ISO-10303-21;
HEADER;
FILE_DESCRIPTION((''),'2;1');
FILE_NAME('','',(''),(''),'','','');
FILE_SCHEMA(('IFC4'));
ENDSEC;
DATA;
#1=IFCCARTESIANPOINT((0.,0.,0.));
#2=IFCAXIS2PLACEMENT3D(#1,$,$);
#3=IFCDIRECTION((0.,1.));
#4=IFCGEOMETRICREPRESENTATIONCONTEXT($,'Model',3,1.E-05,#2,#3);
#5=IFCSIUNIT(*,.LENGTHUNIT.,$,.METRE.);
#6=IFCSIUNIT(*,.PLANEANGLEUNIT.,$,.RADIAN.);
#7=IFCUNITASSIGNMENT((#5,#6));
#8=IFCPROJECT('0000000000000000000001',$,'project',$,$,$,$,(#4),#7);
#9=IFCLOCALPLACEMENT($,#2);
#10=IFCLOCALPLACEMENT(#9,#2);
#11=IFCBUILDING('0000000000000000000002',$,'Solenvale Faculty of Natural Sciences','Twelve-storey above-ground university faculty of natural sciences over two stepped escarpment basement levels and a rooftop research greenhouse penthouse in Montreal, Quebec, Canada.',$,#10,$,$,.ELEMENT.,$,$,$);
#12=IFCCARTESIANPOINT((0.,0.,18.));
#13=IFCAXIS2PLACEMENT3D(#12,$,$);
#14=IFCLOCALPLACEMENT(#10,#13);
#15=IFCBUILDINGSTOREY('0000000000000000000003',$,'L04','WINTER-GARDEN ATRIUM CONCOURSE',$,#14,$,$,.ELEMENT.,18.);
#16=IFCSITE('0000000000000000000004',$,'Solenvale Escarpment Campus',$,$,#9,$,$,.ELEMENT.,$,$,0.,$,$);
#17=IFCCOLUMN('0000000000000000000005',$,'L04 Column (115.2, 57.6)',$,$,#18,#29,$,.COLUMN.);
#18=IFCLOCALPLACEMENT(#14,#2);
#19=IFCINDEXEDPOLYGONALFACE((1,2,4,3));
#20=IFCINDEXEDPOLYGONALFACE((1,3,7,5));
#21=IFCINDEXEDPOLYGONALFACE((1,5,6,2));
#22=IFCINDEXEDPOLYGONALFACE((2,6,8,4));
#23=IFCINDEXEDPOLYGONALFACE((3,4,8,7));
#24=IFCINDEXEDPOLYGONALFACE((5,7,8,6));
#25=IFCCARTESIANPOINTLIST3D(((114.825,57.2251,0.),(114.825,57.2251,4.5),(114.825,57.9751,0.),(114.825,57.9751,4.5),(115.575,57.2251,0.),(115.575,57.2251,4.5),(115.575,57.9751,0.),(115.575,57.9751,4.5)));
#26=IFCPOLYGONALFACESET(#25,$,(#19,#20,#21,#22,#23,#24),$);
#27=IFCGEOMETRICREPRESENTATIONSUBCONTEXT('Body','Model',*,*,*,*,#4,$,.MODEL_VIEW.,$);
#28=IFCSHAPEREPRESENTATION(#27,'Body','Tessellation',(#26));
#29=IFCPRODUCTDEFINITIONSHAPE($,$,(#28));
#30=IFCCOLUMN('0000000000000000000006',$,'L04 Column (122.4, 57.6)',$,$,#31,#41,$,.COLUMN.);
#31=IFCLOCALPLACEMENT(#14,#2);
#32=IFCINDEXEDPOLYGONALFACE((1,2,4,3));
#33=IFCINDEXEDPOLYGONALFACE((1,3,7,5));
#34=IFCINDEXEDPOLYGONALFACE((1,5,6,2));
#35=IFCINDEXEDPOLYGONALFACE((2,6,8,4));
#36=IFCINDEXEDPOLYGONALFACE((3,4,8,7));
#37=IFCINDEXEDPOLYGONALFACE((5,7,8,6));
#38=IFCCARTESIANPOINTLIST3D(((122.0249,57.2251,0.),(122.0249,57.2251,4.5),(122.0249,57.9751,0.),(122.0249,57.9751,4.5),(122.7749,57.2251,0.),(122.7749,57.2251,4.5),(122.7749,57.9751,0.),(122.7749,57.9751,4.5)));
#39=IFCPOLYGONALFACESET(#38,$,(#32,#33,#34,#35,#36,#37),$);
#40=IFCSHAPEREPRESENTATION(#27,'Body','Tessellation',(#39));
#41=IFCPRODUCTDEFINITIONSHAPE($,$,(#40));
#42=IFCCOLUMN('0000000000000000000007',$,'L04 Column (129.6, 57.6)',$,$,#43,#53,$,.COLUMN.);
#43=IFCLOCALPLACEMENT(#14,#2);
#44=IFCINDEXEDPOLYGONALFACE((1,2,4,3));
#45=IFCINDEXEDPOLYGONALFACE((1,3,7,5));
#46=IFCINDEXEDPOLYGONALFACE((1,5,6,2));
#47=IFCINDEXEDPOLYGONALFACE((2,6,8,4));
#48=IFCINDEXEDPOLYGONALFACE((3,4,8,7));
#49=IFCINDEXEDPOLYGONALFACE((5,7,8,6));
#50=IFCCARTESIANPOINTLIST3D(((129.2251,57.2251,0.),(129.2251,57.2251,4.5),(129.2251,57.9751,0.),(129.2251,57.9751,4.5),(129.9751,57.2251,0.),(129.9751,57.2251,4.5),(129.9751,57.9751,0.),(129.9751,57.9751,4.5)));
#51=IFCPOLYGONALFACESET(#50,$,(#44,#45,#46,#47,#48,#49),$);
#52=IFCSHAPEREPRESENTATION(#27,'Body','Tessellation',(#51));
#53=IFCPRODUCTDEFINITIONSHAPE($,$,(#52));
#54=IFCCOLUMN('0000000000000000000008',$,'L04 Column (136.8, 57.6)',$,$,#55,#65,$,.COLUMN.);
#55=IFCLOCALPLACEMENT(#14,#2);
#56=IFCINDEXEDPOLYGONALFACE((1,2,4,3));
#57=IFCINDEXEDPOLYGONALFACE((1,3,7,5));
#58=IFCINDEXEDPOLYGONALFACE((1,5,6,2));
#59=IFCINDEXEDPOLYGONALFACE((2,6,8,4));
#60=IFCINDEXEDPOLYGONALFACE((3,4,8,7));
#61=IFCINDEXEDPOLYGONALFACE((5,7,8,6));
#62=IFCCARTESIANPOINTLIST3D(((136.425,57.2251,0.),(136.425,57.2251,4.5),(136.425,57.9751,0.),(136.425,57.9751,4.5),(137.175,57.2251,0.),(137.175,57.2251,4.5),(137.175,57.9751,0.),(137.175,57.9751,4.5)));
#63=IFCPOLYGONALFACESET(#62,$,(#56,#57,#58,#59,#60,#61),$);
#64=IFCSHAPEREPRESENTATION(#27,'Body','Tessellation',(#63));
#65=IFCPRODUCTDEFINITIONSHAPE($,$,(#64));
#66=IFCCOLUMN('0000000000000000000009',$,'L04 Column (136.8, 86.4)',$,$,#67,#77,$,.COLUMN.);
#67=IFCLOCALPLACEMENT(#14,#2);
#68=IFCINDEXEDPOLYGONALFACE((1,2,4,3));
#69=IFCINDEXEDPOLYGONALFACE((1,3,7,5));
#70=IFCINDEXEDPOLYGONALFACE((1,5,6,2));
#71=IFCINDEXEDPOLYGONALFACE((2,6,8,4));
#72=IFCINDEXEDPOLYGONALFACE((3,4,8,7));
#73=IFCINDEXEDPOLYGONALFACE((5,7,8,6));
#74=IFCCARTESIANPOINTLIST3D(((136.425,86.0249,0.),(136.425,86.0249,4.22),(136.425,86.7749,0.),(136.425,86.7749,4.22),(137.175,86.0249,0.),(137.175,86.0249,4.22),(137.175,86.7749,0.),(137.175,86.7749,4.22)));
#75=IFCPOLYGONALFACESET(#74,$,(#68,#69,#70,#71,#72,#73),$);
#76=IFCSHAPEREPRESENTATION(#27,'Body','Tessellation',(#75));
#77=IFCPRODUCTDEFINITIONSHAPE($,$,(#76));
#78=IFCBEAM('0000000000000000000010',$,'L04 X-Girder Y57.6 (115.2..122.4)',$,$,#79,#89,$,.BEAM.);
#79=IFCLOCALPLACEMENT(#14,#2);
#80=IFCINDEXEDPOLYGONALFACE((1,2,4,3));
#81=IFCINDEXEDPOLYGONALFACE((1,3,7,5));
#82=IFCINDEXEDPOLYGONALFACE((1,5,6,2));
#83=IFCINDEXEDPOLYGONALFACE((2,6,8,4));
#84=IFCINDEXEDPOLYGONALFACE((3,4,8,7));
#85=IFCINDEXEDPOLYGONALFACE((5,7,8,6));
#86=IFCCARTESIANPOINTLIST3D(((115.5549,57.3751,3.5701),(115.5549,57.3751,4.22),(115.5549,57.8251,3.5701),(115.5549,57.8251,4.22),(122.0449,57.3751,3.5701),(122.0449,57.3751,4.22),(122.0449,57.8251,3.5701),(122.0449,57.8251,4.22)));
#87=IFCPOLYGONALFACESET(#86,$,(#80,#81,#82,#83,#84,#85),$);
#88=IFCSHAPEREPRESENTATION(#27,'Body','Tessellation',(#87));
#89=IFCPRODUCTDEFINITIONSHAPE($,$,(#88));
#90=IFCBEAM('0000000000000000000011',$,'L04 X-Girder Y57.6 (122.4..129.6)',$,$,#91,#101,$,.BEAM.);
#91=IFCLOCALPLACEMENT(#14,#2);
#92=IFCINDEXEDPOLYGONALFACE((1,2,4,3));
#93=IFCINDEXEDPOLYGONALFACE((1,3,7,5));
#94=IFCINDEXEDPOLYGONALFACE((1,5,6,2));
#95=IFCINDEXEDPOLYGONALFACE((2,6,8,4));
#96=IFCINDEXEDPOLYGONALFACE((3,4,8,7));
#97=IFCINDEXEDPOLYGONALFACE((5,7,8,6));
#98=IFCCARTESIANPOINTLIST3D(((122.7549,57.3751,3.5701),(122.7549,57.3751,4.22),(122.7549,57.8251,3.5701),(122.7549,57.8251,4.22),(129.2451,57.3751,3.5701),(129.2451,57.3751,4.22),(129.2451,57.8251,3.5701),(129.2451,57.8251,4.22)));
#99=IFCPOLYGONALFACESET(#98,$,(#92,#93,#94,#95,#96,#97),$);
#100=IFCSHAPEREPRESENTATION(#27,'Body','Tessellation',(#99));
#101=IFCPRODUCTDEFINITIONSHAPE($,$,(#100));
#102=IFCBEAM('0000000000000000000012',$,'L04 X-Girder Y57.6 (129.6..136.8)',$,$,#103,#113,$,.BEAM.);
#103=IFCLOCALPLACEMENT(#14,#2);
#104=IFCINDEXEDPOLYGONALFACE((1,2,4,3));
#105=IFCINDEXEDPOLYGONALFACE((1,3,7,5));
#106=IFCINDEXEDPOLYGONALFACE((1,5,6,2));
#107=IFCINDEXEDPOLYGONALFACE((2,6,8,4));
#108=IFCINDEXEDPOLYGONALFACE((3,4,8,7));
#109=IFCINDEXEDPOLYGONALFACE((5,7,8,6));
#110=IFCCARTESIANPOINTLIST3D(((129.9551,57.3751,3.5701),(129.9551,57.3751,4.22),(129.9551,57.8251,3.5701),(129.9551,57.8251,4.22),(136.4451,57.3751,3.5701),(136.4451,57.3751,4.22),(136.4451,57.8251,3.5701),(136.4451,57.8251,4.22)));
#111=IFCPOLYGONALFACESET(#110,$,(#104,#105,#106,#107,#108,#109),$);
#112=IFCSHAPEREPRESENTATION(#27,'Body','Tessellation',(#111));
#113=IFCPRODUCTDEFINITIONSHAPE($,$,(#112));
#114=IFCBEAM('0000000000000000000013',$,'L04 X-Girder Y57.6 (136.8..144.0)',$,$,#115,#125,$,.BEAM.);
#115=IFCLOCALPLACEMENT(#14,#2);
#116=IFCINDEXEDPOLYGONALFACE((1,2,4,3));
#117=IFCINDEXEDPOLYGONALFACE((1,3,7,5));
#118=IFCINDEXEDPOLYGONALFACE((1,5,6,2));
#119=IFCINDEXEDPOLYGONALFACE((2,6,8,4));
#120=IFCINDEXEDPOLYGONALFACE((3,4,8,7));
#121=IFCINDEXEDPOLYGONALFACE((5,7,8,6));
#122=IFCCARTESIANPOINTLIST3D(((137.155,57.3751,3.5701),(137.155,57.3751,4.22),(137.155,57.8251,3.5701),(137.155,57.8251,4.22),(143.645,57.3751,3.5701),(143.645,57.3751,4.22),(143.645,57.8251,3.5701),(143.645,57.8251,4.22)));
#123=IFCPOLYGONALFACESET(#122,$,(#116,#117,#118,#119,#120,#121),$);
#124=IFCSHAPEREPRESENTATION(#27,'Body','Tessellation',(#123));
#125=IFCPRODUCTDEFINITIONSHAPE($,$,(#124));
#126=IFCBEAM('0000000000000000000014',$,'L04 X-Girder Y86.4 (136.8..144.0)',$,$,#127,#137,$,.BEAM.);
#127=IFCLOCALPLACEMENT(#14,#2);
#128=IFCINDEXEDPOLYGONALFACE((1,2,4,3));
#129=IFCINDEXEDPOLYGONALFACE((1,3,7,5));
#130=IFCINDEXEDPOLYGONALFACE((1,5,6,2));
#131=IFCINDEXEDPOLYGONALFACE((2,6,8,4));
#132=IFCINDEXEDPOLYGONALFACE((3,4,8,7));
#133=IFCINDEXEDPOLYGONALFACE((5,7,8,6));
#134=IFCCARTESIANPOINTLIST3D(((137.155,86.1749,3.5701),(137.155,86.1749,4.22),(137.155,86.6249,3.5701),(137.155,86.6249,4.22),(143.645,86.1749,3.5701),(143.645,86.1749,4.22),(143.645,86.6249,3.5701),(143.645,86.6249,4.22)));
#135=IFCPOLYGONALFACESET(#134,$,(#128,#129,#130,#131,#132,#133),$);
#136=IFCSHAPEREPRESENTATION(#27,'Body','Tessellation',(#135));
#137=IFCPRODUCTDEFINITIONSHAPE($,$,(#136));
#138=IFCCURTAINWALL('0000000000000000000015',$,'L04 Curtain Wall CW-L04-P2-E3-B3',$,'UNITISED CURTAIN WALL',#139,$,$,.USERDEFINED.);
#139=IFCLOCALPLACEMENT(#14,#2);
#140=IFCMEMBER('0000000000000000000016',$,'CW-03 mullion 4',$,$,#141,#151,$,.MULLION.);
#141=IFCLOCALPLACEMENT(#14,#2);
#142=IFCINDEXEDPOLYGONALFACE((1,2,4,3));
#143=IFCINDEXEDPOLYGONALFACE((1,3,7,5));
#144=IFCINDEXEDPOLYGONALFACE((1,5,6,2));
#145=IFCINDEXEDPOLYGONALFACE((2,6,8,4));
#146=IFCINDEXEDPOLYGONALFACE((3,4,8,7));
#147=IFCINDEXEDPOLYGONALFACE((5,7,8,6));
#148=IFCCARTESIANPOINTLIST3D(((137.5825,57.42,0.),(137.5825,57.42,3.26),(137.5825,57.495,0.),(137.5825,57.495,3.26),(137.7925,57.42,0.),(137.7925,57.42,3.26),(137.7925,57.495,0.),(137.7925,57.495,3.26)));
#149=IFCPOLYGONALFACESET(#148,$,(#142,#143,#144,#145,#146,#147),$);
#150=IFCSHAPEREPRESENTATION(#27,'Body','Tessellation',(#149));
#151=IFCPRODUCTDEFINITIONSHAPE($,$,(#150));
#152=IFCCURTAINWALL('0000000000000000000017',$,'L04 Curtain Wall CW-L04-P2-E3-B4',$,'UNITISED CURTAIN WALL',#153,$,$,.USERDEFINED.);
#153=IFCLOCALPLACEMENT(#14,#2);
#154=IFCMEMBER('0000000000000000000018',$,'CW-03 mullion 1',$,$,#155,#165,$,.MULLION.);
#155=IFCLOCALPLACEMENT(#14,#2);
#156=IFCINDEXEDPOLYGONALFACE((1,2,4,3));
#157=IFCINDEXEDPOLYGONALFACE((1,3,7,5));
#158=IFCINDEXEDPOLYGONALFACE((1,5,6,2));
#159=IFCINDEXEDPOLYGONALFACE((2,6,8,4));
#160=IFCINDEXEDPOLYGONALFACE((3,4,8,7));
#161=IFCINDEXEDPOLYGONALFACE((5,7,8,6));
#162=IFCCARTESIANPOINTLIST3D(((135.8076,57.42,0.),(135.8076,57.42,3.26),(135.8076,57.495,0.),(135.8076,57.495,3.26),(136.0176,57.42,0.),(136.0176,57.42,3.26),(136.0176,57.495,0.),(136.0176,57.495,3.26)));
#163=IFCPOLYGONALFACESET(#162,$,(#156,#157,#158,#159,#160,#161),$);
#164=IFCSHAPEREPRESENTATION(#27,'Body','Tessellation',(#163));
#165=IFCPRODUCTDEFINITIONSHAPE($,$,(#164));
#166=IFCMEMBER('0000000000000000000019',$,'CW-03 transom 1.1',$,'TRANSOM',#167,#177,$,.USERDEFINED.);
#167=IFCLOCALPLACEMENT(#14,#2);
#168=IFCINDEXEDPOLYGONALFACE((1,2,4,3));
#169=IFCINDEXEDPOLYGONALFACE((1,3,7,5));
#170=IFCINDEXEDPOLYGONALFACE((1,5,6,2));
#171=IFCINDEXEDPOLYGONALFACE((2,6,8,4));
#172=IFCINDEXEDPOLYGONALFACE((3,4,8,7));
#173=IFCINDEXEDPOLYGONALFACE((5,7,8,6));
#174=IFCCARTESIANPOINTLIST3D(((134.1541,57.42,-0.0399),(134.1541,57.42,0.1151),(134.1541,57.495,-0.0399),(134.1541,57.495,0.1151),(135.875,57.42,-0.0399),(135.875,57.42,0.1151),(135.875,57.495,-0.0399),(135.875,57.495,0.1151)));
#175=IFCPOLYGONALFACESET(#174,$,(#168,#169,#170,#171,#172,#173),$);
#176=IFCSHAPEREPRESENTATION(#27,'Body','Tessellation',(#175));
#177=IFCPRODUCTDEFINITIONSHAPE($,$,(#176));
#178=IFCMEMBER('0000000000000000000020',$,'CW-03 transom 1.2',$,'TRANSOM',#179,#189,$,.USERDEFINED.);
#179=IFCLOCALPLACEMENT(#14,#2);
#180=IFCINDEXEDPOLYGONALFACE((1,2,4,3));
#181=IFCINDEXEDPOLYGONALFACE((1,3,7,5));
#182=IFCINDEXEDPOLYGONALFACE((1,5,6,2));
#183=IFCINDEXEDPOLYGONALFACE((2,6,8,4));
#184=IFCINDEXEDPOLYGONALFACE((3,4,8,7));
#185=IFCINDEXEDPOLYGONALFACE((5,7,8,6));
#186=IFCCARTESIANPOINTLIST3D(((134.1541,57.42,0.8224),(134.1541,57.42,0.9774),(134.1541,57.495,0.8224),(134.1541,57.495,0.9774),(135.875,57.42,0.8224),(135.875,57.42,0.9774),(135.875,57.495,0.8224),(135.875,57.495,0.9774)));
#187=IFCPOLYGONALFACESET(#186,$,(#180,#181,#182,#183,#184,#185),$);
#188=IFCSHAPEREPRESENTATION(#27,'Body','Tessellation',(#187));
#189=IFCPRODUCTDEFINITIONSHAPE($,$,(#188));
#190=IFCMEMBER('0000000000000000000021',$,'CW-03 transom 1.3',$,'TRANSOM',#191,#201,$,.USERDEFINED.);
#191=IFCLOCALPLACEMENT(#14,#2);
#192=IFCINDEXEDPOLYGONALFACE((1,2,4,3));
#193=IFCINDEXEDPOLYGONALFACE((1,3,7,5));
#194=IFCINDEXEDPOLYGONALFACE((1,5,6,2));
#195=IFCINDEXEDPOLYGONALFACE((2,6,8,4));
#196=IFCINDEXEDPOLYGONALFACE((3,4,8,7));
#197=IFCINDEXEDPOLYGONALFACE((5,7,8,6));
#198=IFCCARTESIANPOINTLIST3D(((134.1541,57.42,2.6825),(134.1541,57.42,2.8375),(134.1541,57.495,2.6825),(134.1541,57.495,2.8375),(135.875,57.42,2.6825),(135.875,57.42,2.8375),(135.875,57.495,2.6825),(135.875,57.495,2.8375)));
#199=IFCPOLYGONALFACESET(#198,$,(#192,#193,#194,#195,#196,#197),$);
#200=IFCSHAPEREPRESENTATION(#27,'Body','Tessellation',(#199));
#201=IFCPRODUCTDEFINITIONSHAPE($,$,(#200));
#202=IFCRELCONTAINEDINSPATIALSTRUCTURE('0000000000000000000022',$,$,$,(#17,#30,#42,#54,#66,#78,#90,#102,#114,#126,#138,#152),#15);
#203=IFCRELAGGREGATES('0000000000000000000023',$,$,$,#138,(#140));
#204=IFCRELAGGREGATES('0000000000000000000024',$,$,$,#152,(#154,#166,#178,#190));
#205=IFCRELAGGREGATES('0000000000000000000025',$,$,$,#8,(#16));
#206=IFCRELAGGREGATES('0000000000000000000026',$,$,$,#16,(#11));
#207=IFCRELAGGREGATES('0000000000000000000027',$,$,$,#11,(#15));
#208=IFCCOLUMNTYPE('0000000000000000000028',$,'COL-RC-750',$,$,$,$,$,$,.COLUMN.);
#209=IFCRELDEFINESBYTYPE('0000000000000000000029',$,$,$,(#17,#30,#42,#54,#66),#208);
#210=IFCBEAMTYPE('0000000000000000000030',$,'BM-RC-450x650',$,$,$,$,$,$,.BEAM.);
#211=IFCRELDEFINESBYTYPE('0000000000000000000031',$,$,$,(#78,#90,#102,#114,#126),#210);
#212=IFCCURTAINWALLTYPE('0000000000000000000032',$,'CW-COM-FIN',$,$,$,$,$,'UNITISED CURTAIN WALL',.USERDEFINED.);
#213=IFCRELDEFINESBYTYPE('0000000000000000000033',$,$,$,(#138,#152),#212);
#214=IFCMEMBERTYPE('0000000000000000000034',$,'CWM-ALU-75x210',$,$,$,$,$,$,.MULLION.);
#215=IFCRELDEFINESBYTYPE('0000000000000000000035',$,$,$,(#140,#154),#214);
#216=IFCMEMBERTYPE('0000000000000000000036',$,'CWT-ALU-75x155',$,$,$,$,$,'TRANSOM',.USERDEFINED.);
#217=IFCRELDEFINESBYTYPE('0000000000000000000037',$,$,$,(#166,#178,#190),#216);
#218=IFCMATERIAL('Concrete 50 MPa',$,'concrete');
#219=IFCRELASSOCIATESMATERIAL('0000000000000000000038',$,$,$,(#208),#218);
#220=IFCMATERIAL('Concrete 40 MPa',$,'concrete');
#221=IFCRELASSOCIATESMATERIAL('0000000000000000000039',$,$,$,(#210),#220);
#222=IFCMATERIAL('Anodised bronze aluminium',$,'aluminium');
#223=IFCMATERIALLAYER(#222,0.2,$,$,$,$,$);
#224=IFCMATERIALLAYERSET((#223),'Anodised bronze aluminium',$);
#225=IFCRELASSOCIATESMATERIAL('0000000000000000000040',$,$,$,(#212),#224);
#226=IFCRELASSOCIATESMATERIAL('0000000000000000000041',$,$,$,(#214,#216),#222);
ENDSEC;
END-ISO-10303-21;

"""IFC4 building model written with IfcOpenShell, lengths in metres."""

from ifc_helpers import new_model, si_unit, direction, frame, origin, origin_2d, place, context, subcontext, project, spatial, rectangle, extrude, material, layer, layer_set, material_profile, profile_set, type_object, element, aggregate, save


model = new_model("IFC4")

# Units and contexts
model_context = context("Model", 3, precision=1e-05, world=origin(), true_north=direction((0.0, 1.0)))
body_context = subcontext(model_context, "Body", "Model", "MODEL_VIEW")
ifc_project = project(units=[si_unit("LENGTHUNIT", "METRE"), si_unit("PLANEANGLEUNIT", "RADIAN")], contexts=[model_context])

# Site, building, storey
site_placement = place(None, origin())
site = spatial("IfcSite", under=ifc_project, at=site_placement, Name="Solenvale Escarpment Campus", CompositionType="ELEMENT", RefElevation=0.0)
building_placement = place(site_placement, origin())
building = spatial("IfcBuilding", under=site, at=building_placement, Name="Solenvale Faculty of Natural Sciences", Description="Twelve-storey above-ground university faculty of natural sciences over two stepped escarpment basement levels and a rooftop research greenhouse penthouse in Montreal, Quebec, Canada.", CompositionType="ELEMENT")
storey_placement = place(building_placement, frame((0.0, 0.0, 18.0)))
storey = spatial("IfcBuildingStorey", under=building, at=storey_placement, Name="L04", Description="WINTER-GARDEN ATRIUM CONCOURSE", CompositionType="ELEMENT", Elevation=18.0)

# Columns
ifc_material_1 = material(Name="Concrete 50 MPa", Category="concrete")
ifc_material_profile_1 = material_profile(ifc_material_1, rectangle(XDim=0.75, YDim=0.75, at=origin_2d()), Name="RC-COL-750x750")
ifc_profile_set_1 = profile_set([ifc_material_profile_1], Name="Concrete 50 MPa")
column_type = type_object("IfcColumnType", Name="COL-RC-750", PredefinedType="COLUMN", material=ifc_profile_set_1)
for number, where, z_axis, x_axis, name in (
    (1, (115.2, 57.6001, 0.0), (0.0, 0.0, 1.0), (1.0, 0.0, 0.0), "L04 Column (115.2, 57.6)"),
    (2, (122.3999, 57.6001, 0.0), (0.0, 0.0, 1.0), (1.0, 0.0, 0.0), "L04 Column (122.4, 57.6)"),
    (3, (129.6001, 57.6001, 0.0), (0.0, 0.0, 1.0), (1.0, 0.0, 0.0), "L04 Column (129.6, 57.6)"),
    (4, (136.8, 57.6001, 0.0), (0.0, 0.0, 1.0), (1.0, 0.0, 0.0), "L04 Column (136.8, 57.6)"),
):
    element("IfcColumn", number, at=place(storey_placement, frame(where, z_axis=z_axis, x_axis=x_axis)), inside=storey, type_object=column_type, Name=name, PredefinedType="COLUMN", context=body_context, shape_type="SweptSolid", body=[
        extrude(rectangle(XDim=0.75, YDim=0.75, at=origin_2d()), origin(), (0.0, 0.0, 1.0), 4.5),
    ])
column_placement = place(storey_placement, frame((136.8, 86.3999, 0.0), z_axis=(0.0, 0.0, 1.0), x_axis=(1.0, 0.0, 0.0)))
element("IfcColumn", 5, at=column_placement, inside=storey, type_object=column_type, Name="L04 Column (136.8, 86.4)", PredefinedType="COLUMN", context=body_context, shape_type="SweptSolid", body=[
    extrude(rectangle(XDim=0.75, YDim=0.75, at=origin_2d()), origin(), (0.0, 0.0, 1.0), 4.22),
])

# Beams
ifc_material_2 = material(Name="Concrete 40 MPa", Category="concrete")
ifc_material_profile_2 = material_profile(ifc_material_2, rectangle(XDim=0.45, YDim=0.6499, at=origin_2d()), Name="RC-BM-450x650")
ifc_profile_set_2 = profile_set([ifc_material_profile_2], Name="Concrete 40 MPa")
beam_type = type_object("IfcBeamType", Name="BM-RC-450x650", PredefinedType="BEAM", material=ifc_profile_set_2)
beam_1_placement = place(storey_placement, frame((115.5549, 57.6001, 3.895), z_axis=(1.0, 0.0, 0.0), x_axis=(0.0, 1.0, 0.0)))
element("IfcBeam", 6, at=beam_1_placement, inside=storey, type_object=beam_type, Name="L04 X-Girder Y57.6 (115.2..122.4)", PredefinedType="BEAM", context=body_context, shape_type="SweptSolid", body=[
    extrude(rectangle(XDim=0.45, YDim=0.6499, at=origin_2d()), origin(), (0.0, 0.0, 1.0), 6.49),
])
beam_2_placement = place(storey_placement, frame((122.7549, 57.6001, 3.895), z_axis=(1.0, 0.0, 0.0), x_axis=(0.0, 1.0, 0.0)))
element("IfcBeam", 7, at=beam_2_placement, inside=storey, type_object=beam_type, Name="L04 X-Girder Y57.6 (122.4..129.6)", PredefinedType="BEAM", context=body_context, shape_type="SweptSolid", body=[
    extrude(rectangle(XDim=0.45, YDim=0.6499, at=origin_2d()), origin(), (0.0, 0.0, 1.0), 6.4902),
])
for number, where, z_axis, x_axis, name in (
    (8, (129.9551, 57.6001, 3.895), (1.0, 0.0, 0.0), (0.0, 1.0, 0.0), "L04 X-Girder Y57.6 (129.6..136.8)"),
    (9, (137.155, 57.6001, 3.895), (1.0, 0.0, 0.0), (0.0, 1.0, 0.0), "L04 X-Girder Y57.6 (136.8..144.0)"),
    (10, (137.155, 86.3999, 3.895), (1.0, 0.0, 0.0), (0.0, 1.0, 0.0), "L04 X-Girder Y86.4 (136.8..144.0)"),
):
    element("IfcBeam", number, at=place(storey_placement, frame(where, z_axis=z_axis, x_axis=x_axis)), inside=storey, type_object=beam_type, Name=name, PredefinedType="BEAM", context=body_context, shape_type="SweptSolid", body=[
        extrude(rectangle(XDim=0.45, YDim=0.6499, at=origin_2d()), origin(), (0.0, 0.0, 1.0), 6.49),
    ])

# Curtain wall, member
ifc_material_3 = material(Name="Anodised bronze aluminium", Category="aluminium")
ifc_layer_1 = layer(ifc_material_3, 0.2)
ifc_layer_set_1 = layer_set([ifc_layer_1], Name="Anodised bronze aluminium")
curtain_wall_type = type_object("IfcCurtainWallType", Name="CW-COM-FIN", ElementType="UNITISED CURTAIN WALL", PredefinedType="USERDEFINED", material=ifc_layer_set_1)
curtain_wall_1_placement = place(storey_placement, origin())
curtain_wall_1 = element("IfcCurtainWall", 11, at=curtain_wall_1_placement, inside=storey, type_object=curtain_wall_type, Name="L04 Curtain Wall CW-L04-P2-E3-B3", ObjectType="UNITISED CURTAIN WALL", PredefinedType="USERDEFINED")
ifc_material_profile_3 = material_profile(ifc_material_3, rectangle(XDim=0.075, YDim=0.21, at=origin_2d()), Name="ALU-MUL-75x210")
ifc_profile_set_3 = profile_set([ifc_material_profile_3], Name="Anodised bronze aluminium")
member_type_1 = type_object("IfcMemberType", Name="CWM-ALU-75x210", PredefinedType="MULLION", material=ifc_profile_set_3)
member_1_placement = place(storey_placement, frame((137.6875, 57.4575, 0.0), z_axis=(0.0, 0.0, 1.0), x_axis=(0.0, -1.0, 0.0)))
member_1 = element("IfcMember", 12, at=member_1_placement, type_object=member_type_1, Name="CW-03 mullion 4", PredefinedType="MULLION", context=body_context, shape_type="SweptSolid", body=[
    extrude(rectangle(XDim=0.075, YDim=0.21, at=origin_2d()), origin(), (0.0, 0.0, 1.0), 3.26),
])
aggregate(curtain_wall_1, [member_1])

# Curtain wall, members
curtain_wall_2_placement = place(storey_placement, origin())
curtain_wall_2 = element("IfcCurtainWall", 13, at=curtain_wall_2_placement, inside=storey, type_object=curtain_wall_type, Name="L04 Curtain Wall CW-L04-P2-E3-B4", ObjectType="UNITISED CURTAIN WALL", PredefinedType="USERDEFINED")
member_2_placement = place(storey_placement, frame((135.9126, 57.4575, 0.0), z_axis=(0.0, 0.0, 1.0), x_axis=(0.0, -1.0, 0.0)))
member_2 = element("IfcMember", 14, at=member_2_placement, type_object=member_type_1, Name="CW-03 mullion 1", PredefinedType="MULLION", context=body_context, shape_type="SweptSolid", body=[
    extrude(rectangle(XDim=0.075, YDim=0.21, at=origin_2d()), origin(), (0.0, 0.0, 1.0), 3.26),
])
ifc_material_profile_4 = material_profile(ifc_material_3, rectangle(XDim=0.075, YDim=0.155, at=origin_2d()), Name="ALU-TRN-75x155")
ifc_profile_set_4 = profile_set([ifc_material_profile_4], Name="Anodised bronze aluminium")
member_type_2 = type_object("IfcMemberType", Name="CWT-ALU-75x155", ElementType="TRANSOM", PredefinedType="USERDEFINED", material=ifc_profile_set_4)
member_3_placement = place(storey_placement, frame((135.875, 57.4575, 0.0376), z_axis=(-1.0, 0.0, 0.0), x_axis=(0.0, -1.0, 0.0)))
member_3 = element("IfcMember", 15, at=member_3_placement, type_object=member_type_2, Name="CW-03 transom 1.1", ObjectType="TRANSOM", PredefinedType="USERDEFINED", context=body_context, shape_type="SweptSolid", body=[
    extrude(rectangle(XDim=0.075, YDim=0.155, at=origin_2d()), origin(), (0.0, 0.0, 1.0), 1.7209),
])
member_4_placement = place(storey_placement, frame((135.875, 57.4575, 0.8999), z_axis=(-1.0, 0.0, 0.0), x_axis=(0.0, -1.0, 0.0)))
member_4 = element("IfcMember", 16, at=member_4_placement, type_object=member_type_2, Name="CW-03 transom 1.2", ObjectType="TRANSOM", PredefinedType="USERDEFINED", context=body_context, shape_type="SweptSolid", body=[
    extrude(rectangle(XDim=0.075, YDim=0.155, at=origin_2d()), origin(), (0.0, 0.0, 1.0), 1.7209),
])
member_5_placement = place(storey_placement, frame((135.875, 57.4575, 2.76), z_axis=(-1.0, 0.0, 0.0), x_axis=(0.0, -1.0, 0.0)))
member_5 = element("IfcMember", 17, at=member_5_placement, type_object=member_type_2, Name="CW-03 transom 1.3", ObjectType="TRANSOM", PredefinedType="USERDEFINED", context=body_context, shape_type="SweptSolid", body=[
    extrude(rectangle(XDim=0.075, YDim=0.155, at=origin_2d()), origin(), (0.0, 0.0, 1.0), 1.7209),
])
aggregate(curtain_wall_2, [member_2, member_3, member_4, member_5])

save(model, "model.ifc")
